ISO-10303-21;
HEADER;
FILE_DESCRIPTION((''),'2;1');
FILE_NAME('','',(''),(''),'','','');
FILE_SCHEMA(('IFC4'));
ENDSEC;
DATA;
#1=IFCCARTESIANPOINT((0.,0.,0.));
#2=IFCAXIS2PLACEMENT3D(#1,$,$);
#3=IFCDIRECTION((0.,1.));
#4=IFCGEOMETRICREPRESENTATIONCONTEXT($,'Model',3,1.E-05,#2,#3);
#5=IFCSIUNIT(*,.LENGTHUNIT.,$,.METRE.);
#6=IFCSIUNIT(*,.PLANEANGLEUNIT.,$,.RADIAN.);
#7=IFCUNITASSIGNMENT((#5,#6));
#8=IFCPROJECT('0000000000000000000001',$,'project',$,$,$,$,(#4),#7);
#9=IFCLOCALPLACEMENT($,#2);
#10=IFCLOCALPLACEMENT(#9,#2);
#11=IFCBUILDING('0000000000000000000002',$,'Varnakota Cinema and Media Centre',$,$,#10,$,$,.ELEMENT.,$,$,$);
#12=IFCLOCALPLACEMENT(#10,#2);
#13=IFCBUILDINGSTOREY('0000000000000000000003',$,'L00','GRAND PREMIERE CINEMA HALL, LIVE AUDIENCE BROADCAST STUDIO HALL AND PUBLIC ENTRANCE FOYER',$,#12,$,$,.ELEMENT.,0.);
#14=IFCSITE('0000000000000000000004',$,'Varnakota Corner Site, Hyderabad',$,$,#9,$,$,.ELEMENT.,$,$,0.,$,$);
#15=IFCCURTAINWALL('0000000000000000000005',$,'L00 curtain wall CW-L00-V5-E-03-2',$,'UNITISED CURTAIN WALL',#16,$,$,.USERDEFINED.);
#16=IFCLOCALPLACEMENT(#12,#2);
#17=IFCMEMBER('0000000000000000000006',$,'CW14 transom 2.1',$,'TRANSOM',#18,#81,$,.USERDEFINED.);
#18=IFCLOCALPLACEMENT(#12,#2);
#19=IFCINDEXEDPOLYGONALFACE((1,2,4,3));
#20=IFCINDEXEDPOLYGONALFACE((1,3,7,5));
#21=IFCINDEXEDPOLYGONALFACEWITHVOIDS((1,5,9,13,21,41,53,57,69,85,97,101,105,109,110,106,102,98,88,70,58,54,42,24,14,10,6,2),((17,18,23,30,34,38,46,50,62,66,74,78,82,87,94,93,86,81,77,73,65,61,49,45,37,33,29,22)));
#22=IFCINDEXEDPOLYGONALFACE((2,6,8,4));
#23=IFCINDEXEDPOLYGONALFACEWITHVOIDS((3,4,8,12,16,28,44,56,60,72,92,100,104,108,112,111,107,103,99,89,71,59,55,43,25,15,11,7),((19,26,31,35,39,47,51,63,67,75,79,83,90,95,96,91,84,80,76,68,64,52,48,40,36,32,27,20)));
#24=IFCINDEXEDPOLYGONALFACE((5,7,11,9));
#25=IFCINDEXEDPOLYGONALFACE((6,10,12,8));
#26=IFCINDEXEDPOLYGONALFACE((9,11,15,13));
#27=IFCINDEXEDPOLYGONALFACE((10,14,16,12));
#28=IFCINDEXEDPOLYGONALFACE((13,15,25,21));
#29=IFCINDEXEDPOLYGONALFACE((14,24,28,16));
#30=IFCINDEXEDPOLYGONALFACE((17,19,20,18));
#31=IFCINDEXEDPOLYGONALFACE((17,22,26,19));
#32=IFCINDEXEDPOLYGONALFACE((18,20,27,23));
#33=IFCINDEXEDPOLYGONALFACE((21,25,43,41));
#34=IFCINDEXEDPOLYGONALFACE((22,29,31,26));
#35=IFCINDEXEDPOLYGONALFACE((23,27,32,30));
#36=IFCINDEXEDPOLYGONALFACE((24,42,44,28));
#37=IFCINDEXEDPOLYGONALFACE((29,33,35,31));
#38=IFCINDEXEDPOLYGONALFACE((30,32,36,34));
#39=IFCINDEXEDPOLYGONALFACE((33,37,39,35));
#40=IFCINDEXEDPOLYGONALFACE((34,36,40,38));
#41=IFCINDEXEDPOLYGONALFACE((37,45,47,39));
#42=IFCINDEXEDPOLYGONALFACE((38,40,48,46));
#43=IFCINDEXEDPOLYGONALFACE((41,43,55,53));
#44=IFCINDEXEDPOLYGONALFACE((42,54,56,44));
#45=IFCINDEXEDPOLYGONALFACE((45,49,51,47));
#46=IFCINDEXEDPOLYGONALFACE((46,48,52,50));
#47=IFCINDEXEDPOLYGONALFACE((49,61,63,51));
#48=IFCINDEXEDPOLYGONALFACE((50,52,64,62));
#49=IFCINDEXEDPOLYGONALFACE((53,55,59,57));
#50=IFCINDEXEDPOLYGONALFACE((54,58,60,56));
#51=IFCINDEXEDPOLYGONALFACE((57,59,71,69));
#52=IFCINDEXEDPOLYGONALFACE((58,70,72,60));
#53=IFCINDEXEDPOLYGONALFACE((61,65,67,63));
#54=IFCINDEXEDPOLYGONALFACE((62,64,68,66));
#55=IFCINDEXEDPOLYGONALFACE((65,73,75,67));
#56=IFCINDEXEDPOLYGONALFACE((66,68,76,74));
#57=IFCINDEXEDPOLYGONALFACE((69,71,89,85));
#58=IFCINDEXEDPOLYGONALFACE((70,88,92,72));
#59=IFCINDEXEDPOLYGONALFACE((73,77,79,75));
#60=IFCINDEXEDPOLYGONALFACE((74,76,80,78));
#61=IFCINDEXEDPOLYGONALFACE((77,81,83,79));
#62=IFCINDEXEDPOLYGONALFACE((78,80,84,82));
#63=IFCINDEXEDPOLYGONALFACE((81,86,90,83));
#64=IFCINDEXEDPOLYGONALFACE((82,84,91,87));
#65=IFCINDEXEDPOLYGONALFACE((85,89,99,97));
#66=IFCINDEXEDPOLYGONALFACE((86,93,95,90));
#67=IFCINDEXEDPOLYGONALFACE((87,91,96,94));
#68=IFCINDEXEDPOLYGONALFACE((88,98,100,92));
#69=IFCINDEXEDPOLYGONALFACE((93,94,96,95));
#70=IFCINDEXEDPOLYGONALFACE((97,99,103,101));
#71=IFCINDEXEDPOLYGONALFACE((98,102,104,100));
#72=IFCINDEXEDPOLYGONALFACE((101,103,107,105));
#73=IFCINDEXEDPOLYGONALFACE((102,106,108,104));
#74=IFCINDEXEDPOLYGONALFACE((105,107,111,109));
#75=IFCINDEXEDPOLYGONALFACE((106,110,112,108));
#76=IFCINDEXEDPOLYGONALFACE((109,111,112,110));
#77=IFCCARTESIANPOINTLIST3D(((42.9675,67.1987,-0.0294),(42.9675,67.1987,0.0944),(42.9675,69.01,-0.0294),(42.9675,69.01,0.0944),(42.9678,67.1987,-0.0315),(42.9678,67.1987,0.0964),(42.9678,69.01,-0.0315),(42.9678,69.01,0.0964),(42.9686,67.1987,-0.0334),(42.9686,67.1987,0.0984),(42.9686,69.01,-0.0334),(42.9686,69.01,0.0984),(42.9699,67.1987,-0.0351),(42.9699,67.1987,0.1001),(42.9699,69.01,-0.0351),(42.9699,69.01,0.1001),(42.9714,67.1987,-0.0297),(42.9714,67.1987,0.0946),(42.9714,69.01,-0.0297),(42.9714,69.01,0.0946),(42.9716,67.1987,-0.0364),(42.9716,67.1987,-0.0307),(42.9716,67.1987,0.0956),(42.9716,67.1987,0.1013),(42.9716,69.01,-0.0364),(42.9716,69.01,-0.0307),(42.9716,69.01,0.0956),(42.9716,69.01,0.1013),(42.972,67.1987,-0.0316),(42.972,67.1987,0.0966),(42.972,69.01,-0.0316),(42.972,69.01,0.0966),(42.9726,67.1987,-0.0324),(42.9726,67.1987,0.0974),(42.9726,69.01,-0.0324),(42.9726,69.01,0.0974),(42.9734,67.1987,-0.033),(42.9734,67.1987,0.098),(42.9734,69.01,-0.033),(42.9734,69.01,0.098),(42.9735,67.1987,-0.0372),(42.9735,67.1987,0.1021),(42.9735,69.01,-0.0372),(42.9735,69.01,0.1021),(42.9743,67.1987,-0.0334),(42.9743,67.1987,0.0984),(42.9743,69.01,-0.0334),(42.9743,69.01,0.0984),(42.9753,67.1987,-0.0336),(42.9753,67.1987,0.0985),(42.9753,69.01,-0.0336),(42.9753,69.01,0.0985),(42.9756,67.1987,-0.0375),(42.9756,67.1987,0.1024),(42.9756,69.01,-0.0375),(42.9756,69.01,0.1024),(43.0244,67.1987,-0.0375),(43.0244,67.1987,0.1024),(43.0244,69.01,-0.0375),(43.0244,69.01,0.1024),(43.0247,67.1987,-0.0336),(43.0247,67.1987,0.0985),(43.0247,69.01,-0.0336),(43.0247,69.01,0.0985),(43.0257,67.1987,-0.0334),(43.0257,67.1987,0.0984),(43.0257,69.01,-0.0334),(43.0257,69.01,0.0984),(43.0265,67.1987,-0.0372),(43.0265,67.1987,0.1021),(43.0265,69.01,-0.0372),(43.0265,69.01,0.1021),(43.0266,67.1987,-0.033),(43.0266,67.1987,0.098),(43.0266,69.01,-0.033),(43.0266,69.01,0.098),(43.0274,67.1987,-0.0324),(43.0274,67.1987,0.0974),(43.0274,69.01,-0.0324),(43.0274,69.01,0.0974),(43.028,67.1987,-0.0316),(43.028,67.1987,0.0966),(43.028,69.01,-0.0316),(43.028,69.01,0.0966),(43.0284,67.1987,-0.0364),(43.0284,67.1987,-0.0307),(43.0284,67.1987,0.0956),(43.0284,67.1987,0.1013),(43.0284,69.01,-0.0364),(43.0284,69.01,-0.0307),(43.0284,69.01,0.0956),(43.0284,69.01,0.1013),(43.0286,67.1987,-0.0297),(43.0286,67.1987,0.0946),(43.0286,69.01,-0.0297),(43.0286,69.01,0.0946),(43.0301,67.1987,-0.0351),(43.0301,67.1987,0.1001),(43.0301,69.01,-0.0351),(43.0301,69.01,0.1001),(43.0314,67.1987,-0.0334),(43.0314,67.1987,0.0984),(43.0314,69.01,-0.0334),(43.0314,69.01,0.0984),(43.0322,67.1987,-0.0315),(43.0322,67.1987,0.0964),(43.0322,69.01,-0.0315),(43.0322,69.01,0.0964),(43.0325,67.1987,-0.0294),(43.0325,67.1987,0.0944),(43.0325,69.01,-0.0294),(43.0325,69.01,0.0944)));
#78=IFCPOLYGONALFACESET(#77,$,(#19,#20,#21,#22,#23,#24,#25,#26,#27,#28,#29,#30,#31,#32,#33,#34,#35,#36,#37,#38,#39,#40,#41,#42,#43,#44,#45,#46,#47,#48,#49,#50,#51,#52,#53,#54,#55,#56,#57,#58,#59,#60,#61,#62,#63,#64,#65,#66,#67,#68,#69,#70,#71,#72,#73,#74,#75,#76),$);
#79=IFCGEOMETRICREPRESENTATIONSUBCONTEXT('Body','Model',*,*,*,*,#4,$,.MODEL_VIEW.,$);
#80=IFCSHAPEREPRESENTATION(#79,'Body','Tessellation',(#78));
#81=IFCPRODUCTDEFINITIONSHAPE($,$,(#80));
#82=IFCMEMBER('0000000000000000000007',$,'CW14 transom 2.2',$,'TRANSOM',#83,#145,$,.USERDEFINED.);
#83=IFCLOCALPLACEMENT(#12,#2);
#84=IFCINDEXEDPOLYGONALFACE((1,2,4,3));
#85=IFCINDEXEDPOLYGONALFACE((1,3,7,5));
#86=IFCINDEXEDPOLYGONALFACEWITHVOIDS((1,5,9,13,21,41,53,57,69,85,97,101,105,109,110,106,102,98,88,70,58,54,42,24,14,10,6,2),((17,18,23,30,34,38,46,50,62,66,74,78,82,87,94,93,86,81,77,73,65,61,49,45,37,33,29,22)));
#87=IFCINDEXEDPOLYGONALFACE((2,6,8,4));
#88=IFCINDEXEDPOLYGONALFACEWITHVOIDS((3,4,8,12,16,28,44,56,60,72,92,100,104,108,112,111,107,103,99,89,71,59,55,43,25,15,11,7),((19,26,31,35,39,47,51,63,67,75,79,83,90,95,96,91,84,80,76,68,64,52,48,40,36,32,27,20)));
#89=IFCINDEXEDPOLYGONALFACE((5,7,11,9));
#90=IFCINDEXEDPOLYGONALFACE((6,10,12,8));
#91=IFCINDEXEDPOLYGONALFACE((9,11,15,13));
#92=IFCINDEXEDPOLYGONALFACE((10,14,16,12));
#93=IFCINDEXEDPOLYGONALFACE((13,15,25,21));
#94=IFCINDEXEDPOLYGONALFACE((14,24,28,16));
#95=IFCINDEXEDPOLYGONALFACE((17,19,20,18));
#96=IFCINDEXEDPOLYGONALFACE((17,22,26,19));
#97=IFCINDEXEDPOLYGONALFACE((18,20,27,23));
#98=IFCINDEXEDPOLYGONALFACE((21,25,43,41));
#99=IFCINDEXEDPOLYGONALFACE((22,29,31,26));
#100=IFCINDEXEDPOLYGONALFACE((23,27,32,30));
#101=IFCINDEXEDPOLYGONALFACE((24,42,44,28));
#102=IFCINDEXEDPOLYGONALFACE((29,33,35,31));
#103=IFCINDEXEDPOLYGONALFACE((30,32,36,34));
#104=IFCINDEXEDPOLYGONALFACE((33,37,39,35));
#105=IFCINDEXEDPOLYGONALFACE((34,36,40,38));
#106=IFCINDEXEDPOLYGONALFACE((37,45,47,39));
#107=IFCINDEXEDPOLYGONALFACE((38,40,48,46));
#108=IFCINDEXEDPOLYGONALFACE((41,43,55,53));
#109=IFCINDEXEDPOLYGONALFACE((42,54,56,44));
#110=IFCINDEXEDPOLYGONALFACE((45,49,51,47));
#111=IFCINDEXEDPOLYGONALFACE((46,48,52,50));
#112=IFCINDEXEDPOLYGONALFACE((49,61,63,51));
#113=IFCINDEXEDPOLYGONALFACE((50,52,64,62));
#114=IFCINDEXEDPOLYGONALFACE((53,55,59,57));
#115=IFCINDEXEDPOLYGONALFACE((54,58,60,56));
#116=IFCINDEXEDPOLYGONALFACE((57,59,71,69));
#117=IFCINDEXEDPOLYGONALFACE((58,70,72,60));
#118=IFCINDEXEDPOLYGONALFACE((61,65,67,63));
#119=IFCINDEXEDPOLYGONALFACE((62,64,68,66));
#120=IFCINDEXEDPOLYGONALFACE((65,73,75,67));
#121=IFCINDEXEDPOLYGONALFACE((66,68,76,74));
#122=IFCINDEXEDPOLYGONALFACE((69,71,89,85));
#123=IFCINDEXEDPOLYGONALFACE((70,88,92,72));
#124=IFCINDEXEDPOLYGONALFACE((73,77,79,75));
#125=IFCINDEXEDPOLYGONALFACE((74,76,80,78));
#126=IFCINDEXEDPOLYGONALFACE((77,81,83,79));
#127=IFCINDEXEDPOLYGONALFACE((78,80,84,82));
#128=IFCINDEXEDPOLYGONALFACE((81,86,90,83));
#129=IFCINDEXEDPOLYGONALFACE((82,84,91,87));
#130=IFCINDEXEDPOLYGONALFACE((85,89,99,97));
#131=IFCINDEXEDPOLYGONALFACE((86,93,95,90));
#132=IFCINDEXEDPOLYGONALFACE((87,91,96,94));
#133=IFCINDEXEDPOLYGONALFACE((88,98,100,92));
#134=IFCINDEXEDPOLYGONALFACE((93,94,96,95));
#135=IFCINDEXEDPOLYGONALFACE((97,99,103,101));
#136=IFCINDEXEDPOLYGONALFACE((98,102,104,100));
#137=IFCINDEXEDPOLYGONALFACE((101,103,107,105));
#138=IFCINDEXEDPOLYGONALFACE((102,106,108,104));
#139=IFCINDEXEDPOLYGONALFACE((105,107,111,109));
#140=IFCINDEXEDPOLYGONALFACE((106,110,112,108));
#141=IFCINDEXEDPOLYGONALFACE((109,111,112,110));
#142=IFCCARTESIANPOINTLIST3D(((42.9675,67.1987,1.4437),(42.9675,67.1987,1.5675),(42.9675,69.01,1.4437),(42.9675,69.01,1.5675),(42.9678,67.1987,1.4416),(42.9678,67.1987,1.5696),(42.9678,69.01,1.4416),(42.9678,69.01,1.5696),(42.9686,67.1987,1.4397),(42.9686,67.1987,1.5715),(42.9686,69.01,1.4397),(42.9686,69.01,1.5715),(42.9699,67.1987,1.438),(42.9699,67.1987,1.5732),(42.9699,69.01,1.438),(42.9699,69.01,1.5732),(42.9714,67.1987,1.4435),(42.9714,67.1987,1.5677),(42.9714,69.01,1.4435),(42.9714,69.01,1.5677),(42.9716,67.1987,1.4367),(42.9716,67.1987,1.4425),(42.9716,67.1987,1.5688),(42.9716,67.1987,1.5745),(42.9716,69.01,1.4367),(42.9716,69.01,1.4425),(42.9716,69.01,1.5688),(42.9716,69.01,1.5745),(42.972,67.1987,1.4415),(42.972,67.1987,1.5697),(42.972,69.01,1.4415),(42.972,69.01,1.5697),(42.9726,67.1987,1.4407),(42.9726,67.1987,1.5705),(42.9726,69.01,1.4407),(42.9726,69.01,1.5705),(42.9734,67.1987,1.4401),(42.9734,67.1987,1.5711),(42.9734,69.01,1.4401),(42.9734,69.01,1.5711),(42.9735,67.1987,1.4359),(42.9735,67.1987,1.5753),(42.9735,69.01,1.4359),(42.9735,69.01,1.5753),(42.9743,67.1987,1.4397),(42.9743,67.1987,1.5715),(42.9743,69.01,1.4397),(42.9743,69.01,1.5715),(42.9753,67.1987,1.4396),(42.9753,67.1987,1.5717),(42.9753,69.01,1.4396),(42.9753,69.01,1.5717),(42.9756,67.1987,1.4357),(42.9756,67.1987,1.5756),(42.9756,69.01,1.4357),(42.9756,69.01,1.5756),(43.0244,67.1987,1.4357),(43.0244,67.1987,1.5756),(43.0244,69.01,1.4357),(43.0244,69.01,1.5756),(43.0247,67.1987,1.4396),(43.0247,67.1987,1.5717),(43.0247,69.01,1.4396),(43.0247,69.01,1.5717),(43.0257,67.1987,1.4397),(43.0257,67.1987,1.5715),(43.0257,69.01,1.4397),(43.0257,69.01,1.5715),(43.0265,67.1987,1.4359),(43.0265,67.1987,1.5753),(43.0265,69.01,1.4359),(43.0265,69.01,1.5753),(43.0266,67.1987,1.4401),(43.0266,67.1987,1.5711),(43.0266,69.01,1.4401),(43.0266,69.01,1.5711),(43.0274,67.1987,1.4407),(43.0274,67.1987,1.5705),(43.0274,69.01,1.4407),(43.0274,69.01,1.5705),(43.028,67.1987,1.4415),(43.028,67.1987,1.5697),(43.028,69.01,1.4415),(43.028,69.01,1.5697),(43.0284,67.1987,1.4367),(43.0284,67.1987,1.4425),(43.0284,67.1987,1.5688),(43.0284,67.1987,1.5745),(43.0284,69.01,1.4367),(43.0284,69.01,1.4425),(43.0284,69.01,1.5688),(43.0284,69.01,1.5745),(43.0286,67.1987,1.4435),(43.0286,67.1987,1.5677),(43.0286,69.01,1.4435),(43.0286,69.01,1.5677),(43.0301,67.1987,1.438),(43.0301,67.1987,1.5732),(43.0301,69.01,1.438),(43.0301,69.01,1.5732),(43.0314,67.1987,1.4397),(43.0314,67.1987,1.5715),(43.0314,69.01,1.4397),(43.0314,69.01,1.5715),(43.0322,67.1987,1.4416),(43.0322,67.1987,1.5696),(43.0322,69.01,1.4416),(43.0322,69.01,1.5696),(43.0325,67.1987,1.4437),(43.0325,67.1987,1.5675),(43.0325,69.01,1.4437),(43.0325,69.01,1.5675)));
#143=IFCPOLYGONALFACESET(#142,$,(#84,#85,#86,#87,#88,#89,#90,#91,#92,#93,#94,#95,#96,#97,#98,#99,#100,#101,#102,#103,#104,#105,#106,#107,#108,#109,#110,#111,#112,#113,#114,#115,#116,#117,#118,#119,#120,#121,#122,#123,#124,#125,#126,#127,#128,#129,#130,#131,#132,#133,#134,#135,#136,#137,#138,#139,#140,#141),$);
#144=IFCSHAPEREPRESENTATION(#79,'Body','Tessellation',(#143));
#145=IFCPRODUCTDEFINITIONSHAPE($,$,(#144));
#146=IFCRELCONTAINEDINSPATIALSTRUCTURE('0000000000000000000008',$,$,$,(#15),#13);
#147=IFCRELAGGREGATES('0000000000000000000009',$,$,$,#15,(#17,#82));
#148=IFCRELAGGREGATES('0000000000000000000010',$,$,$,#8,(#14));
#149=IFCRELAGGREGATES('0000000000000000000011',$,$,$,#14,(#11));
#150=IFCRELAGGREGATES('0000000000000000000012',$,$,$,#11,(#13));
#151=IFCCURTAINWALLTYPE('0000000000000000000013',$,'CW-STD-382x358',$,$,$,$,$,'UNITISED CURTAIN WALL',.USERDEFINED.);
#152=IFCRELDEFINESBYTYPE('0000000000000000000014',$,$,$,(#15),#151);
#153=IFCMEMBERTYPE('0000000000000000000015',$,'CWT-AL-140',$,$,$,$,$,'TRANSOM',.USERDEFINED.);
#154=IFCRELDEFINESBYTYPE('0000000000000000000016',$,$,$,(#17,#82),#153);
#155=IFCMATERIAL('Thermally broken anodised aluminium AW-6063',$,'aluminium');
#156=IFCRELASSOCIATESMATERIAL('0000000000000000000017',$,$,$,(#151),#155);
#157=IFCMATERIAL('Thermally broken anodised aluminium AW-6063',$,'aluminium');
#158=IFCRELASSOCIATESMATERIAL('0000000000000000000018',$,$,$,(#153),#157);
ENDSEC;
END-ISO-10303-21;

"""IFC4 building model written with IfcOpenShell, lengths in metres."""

from ifc_helpers import new_model, si_unit, direction, frame, origin, origin_2d, place, context, subcontext, project, spatial, hollow_rectangle, extrude, material, material_profile, profile_set, type_object, element, aggregate, save


model = new_model("IFC4")

# Units and contexts
model_context = context("Model", 3, precision=1e-05, world=origin(), true_north=direction((0.0, 1.0)))
body_context = subcontext(model_context, "Body", "Model", "MODEL_VIEW")
ifc_project = project(units=[si_unit("LENGTHUNIT", "METRE"), si_unit("PLANEANGLEUNIT", "RADIAN")], contexts=[model_context])

# Site, building, storey
site_placement = place(None, origin())
site = spatial("IfcSite", under=ifc_project, at=site_placement, Name="Varnakota Corner Site, Hyderabad", CompositionType="ELEMENT", RefElevation=0.0)
building_placement = place(site_placement, origin())
building = spatial("IfcBuilding", under=site, at=building_placement, Name="Varnakota Cinema and Media Centre", CompositionType="ELEMENT")
storey_placement = place(building_placement, origin())
storey = spatial("IfcBuildingStorey", under=building, at=storey_placement, Name="L00", Description="GRAND PREMIERE CINEMA HALL, LIVE AUDIENCE BROADCAST STUDIO HALL AND PUBLIC ENTRANCE FOYER", CompositionType="ELEMENT", Elevation=0.0)

# Shared definitions
ifc_material_1 = material(Name="Thermally broken anodised aluminium AW-6063", Category="aluminium")
curtain_wall_type = type_object("IfcCurtainWallType", Name="CW-STD-382x358", ElementType="UNITISED CURTAIN WALL", PredefinedType="USERDEFINED", material=ifc_material_1)

# Curtain wall
curtain_wall_1_placement = place(storey_placement, origin())
curtain_wall_1 = element("IfcCurtainWall", 1, at=curtain_wall_1_placement, inside=storey, type_object=curtain_wall_type, Name="L00 curtain wall CW-L00-V5-E-03-2", ObjectType="UNITISED CURTAIN WALL", PredefinedType="USERDEFINED")

# Members
ifc_material_2 = material(Name="Thermally broken anodised aluminium AW-6063", Category="aluminium")
ifc_material_profile_1 = material_profile(ifc_material_2, hollow_rectangle(XDim=0.0649, YDim=0.1399, WallThickness=0.0039, InnerFilletRadius=0.0039, OuterFilletRadius=0.0081, at=origin_2d()), Name="AL-TRANSOM 140x65x4")
ifc_profile_set_1 = profile_set([ifc_material_profile_1], Name="Thermally broken anodised aluminium AW-6063")
member_type_1 = type_object("IfcMemberType", Name="CWT-AL-140", ElementType="TRANSOM", PredefinedType="USERDEFINED", material=ifc_profile_set_1)
member_1_placement = place(storey_placement, frame((43.0, 67.1987, 0.0325), z_axis=(0.0, 1.0, 0.0), x_axis=(-1.0, 0.0, 0.0)))
member_1 = element("IfcMember", 2, at=member_1_placement, type_object=member_type_1, Name="CW14 transom 2.1", ObjectType="TRANSOM", PredefinedType="USERDEFINED", context=body_context, shape_type="SweptSolid", body=[
    extrude(hollow_rectangle(XDim=0.0649, YDim=0.1399, WallThickness=0.0039, InnerFilletRadius=0.0039, OuterFilletRadius=0.0081, at=origin_2d()), origin(), (0.0, 0.0, 1.0), 1.8113),
])
member_2_placement = place(storey_placement, frame((43.0, 67.1987, 1.5056), z_axis=(0.0, 1.0, 0.0), x_axis=(-1.0, 0.0, 0.0)))
member_2 = element("IfcMember", 3, at=member_2_placement, type_object=member_type_1, Name="CW14 transom 2.2", ObjectType="TRANSOM", PredefinedType="USERDEFINED", context=body_context, shape_type="SweptSolid", body=[
    extrude(hollow_rectangle(XDim=0.0649, YDim=0.1399, WallThickness=0.0039, InnerFilletRadius=0.0039, OuterFilletRadius=0.0081, at=origin_2d()), origin(), (0.0, 0.0, 1.0), 1.8113),
])

aggregate(curtain_wall_1, [member_1, member_2])

save(model, "model.ifc")
